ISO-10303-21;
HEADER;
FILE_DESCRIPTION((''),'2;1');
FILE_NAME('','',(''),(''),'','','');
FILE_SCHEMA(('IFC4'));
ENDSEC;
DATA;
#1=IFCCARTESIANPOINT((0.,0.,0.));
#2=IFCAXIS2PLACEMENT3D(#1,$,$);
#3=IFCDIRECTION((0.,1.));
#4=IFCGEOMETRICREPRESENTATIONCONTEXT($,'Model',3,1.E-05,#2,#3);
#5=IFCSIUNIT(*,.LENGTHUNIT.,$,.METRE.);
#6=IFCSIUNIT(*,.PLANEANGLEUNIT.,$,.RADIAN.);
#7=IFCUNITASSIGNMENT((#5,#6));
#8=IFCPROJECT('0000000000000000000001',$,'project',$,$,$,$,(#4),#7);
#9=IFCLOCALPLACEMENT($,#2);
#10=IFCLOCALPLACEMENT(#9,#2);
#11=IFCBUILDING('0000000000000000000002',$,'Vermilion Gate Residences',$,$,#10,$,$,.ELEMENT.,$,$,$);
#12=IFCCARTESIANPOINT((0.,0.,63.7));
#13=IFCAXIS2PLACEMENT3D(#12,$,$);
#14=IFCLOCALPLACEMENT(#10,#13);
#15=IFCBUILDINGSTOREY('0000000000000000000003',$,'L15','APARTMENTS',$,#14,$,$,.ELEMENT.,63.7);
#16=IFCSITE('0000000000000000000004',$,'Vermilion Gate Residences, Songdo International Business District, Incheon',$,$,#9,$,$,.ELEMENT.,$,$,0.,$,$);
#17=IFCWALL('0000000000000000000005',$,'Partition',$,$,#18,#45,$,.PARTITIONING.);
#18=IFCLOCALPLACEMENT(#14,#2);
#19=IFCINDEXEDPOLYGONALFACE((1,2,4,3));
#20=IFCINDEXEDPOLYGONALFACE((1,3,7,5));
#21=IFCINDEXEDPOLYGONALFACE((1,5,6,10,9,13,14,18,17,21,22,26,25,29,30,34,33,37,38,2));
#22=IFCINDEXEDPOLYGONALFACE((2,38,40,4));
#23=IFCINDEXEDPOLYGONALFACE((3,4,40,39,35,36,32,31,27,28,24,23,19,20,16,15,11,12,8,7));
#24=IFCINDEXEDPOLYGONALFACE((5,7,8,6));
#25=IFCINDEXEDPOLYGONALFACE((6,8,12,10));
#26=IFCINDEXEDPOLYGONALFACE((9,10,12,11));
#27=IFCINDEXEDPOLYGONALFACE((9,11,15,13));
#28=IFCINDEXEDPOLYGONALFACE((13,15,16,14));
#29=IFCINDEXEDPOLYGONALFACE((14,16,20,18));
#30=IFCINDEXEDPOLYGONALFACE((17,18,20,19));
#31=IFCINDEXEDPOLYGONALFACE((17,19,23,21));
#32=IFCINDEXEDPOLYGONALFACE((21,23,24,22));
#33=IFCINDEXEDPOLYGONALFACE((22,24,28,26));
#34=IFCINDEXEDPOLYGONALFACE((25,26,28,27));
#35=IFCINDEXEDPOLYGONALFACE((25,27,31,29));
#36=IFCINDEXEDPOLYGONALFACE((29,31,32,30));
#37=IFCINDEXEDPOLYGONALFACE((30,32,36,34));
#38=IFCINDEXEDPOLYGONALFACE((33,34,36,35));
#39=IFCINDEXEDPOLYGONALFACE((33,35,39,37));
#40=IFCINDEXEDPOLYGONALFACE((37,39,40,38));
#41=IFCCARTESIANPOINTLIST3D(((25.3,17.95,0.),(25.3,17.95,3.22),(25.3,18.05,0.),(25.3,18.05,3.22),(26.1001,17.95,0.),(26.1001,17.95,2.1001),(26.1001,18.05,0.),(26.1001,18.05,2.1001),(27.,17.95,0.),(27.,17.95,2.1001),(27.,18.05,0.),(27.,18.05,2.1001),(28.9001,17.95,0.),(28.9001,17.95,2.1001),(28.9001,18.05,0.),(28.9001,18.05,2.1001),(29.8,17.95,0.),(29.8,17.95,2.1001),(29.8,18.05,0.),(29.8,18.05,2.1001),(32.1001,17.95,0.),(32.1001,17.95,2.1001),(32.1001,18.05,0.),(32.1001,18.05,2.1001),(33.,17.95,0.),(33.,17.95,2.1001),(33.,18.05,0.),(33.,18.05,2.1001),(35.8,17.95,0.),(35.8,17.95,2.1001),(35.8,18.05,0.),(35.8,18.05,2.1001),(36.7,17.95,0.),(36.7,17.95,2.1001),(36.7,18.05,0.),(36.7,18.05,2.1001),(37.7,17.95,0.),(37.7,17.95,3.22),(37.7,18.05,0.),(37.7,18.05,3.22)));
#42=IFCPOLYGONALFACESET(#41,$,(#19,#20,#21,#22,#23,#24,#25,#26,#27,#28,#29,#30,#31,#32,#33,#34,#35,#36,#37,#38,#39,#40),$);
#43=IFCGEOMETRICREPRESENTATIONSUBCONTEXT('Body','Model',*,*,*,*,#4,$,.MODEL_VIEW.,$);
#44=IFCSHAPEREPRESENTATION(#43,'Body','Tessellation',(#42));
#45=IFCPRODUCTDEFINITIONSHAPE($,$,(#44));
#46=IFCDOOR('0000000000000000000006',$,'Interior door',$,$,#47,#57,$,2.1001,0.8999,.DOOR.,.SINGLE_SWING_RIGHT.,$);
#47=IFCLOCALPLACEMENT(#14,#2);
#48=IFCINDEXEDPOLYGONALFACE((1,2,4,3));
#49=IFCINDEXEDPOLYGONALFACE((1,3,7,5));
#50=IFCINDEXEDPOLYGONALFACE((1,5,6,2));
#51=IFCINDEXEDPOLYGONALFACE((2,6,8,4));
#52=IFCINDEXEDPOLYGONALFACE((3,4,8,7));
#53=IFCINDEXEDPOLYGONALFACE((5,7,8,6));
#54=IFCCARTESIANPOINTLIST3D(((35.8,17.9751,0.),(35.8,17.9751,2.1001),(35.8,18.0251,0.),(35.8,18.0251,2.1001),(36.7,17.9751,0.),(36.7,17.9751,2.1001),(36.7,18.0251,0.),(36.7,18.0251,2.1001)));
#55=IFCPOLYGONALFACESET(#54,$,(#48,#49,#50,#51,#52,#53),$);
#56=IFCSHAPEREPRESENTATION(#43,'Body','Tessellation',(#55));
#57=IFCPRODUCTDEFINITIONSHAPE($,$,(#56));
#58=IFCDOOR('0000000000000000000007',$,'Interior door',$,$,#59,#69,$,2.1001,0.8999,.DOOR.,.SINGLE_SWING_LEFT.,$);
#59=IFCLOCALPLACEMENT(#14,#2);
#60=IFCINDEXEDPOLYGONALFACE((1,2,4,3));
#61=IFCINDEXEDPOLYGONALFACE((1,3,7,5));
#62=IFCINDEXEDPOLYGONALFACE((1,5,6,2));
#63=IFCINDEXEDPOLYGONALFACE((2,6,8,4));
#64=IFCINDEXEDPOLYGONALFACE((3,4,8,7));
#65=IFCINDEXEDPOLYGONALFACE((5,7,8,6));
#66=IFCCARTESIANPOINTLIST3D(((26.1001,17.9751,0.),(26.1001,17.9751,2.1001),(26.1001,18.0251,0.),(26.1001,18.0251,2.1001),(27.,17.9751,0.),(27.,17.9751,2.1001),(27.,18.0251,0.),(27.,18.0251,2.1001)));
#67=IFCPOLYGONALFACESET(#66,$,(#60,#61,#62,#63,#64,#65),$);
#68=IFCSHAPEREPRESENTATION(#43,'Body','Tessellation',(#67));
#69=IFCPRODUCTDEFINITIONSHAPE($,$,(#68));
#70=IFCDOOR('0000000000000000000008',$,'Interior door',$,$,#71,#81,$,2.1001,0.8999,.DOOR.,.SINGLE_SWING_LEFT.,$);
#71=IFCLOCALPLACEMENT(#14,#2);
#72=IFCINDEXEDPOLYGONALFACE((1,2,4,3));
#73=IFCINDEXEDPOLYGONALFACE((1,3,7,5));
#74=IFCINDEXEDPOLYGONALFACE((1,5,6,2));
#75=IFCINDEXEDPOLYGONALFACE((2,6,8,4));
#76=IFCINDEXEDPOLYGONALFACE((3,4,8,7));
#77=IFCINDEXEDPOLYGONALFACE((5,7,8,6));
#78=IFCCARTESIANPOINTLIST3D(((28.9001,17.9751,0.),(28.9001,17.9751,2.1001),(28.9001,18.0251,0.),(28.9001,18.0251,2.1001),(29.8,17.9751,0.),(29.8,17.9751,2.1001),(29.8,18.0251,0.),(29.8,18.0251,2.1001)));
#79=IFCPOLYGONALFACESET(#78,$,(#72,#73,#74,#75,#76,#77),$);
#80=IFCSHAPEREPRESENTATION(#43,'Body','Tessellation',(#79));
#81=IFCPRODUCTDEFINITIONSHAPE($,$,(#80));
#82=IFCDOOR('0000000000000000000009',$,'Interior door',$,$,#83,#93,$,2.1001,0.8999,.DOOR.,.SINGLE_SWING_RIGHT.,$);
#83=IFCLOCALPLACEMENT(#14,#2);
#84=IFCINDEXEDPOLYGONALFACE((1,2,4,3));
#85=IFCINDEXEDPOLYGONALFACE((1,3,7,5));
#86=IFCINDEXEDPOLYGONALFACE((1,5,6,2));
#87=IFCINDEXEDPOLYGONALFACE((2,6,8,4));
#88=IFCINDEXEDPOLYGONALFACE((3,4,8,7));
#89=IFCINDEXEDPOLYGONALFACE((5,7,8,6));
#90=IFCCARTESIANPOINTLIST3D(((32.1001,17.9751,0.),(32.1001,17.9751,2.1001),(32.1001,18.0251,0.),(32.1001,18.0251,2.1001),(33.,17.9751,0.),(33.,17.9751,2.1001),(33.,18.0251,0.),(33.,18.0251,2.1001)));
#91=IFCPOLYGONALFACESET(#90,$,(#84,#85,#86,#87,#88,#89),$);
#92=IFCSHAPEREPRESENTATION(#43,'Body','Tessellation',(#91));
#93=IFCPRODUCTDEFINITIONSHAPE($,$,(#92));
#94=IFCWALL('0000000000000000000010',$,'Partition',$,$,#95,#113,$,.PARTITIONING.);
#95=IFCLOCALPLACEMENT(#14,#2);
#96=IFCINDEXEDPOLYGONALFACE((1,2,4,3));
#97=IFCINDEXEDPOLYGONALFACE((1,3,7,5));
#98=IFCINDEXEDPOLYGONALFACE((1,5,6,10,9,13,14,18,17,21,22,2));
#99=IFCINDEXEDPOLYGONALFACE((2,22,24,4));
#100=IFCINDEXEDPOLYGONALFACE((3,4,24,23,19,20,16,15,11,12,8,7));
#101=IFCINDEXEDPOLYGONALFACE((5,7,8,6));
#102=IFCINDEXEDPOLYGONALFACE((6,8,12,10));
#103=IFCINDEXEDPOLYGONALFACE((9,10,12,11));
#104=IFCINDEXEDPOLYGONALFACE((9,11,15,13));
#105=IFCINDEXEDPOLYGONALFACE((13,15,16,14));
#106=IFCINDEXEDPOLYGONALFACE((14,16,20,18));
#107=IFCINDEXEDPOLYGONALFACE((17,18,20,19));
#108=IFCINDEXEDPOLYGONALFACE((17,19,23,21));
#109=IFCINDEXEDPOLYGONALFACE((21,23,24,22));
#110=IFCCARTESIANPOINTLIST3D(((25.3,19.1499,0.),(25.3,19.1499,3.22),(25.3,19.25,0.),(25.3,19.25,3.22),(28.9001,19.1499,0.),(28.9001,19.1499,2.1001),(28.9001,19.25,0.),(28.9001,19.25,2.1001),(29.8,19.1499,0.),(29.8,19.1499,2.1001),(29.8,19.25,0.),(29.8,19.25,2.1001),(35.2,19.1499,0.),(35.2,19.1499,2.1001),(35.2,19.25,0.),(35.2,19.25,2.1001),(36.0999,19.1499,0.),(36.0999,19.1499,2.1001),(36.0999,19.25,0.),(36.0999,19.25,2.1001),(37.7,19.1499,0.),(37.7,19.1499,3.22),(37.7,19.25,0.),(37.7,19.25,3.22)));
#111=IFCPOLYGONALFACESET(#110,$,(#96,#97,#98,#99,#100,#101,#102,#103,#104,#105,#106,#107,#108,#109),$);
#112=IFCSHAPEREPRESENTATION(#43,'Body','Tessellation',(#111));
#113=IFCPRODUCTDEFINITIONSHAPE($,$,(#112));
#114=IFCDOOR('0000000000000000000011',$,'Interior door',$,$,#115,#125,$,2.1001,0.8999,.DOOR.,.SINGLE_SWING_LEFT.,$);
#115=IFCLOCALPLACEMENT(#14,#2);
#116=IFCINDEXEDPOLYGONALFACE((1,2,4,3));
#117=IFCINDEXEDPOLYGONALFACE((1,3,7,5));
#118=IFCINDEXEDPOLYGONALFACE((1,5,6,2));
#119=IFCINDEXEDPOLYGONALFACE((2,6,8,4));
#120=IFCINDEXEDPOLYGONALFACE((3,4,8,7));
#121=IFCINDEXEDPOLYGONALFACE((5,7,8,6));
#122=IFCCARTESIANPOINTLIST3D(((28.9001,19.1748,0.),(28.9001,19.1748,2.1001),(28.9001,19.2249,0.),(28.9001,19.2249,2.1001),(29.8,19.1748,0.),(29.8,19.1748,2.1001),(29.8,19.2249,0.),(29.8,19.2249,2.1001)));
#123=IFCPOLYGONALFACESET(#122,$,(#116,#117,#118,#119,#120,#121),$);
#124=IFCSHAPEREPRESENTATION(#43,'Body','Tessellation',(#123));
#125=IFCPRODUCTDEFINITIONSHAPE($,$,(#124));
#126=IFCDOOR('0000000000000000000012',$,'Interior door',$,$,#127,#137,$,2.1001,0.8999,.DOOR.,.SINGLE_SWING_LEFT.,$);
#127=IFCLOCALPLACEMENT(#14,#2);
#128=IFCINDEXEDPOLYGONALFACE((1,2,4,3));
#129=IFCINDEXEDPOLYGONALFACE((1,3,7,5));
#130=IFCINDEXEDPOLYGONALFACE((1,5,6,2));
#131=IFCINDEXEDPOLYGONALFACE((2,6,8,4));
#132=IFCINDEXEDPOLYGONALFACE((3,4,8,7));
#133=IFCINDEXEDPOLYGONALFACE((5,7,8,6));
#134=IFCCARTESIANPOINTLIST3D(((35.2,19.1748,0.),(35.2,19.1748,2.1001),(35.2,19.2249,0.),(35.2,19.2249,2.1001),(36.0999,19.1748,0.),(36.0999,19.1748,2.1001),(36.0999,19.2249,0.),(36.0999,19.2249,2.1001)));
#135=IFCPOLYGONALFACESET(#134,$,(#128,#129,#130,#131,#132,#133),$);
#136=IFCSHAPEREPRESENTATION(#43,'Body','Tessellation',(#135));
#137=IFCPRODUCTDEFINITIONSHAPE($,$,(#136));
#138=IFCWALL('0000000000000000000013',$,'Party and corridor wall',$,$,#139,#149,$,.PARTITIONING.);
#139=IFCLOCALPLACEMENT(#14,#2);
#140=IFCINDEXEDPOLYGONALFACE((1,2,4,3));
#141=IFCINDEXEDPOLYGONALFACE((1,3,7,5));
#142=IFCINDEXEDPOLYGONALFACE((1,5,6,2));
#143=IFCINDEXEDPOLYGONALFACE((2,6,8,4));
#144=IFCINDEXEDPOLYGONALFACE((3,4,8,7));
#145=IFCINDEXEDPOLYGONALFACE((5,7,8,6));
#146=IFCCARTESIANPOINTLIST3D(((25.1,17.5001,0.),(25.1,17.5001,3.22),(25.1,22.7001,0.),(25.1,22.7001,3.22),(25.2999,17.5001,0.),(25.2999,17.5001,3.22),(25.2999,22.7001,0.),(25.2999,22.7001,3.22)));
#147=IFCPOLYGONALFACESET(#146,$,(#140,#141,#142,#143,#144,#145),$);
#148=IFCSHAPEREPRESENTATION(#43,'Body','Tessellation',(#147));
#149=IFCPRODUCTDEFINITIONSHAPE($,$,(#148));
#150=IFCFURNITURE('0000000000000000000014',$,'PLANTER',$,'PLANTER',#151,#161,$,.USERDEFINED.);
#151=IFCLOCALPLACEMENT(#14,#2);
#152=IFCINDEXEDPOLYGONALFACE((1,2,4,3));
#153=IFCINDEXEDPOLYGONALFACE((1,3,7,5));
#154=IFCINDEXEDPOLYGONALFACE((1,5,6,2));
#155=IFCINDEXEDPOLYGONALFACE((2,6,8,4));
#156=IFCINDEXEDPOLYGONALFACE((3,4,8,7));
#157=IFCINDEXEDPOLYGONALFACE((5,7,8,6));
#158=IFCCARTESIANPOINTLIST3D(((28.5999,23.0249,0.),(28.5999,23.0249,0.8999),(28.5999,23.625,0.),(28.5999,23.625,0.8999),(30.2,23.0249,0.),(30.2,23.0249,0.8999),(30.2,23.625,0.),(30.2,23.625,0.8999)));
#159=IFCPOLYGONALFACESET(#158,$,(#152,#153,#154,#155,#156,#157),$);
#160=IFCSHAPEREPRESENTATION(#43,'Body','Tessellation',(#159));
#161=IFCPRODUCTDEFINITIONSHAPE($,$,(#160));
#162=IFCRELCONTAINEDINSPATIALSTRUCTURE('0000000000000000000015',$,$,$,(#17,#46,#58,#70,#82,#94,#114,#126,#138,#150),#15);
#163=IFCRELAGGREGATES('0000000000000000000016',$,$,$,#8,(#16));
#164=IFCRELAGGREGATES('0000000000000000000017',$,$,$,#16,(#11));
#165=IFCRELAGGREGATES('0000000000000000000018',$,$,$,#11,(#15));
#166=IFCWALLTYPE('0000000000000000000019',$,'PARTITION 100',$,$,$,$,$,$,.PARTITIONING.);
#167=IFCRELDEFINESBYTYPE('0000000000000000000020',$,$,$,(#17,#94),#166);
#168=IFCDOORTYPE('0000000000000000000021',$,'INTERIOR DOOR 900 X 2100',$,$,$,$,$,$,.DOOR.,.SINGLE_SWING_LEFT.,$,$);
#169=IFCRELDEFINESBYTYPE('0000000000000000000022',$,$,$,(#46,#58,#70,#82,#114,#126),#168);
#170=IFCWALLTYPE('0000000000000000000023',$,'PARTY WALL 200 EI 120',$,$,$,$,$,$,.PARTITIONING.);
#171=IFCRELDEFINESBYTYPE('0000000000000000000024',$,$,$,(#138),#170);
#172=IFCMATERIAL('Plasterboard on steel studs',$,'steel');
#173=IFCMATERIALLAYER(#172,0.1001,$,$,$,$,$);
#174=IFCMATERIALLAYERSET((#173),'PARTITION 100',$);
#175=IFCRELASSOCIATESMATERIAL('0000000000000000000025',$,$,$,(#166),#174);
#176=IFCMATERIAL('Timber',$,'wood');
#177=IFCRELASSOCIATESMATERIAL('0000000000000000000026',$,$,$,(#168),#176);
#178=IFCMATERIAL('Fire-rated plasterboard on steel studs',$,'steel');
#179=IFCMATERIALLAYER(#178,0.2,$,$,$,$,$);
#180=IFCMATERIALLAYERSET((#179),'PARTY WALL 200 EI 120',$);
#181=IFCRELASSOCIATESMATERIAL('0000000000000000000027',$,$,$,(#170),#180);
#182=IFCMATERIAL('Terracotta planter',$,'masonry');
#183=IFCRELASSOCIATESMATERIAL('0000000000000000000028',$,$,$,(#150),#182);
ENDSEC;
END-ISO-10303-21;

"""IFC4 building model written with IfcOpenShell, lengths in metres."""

from ifc_helpers import new_model, si_unit, direction, frame, frame_2d, origin, origin_2d, place, context, subcontext, project, spatial, rectangle, extrude, material, layer, layer_set, type_object, element, fill, save


model = new_model("IFC4")

# Units and contexts
model_context = context("Model", 3, precision=1e-05, world=origin(), true_north=direction((0.0, 1.0)))
body_context = subcontext(model_context, "Body", "Model", "MODEL_VIEW")
ifc_project = project(units=[si_unit("LENGTHUNIT", "METRE"), si_unit("PLANEANGLEUNIT", "RADIAN")], contexts=[model_context])

# Site, building, storey
site_placement = place(None, origin())
site = spatial("IfcSite", under=ifc_project, at=site_placement, Name="Vermilion Gate Residences, Songdo International Business District, Incheon", CompositionType="ELEMENT", RefElevation=0.0)
building_placement = place(site_placement, origin())
building = spatial("IfcBuilding", under=site, at=building_placement, Name="Vermilion Gate Residences", CompositionType="ELEMENT")
storey_placement = place(building_placement, frame((0.0, 0.0, 63.7)))
storey = spatial("IfcBuildingStorey", under=building, at=storey_placement, Name="L15", Description="APARTMENTS", CompositionType="ELEMENT", Elevation=63.7)

# Walls, openings, doors
ifc_material_1 = material(Name="Plasterboard on steel studs", Category="steel")
ifc_layer_1 = layer(ifc_material_1, 0.1001)
ifc_layer_set_1 = layer_set([ifc_layer_1], Name="PARTITION 100")
wall_type_1 = type_object("IfcWallType", Name="PARTITION 100", PredefinedType="PARTITIONING", material=ifc_layer_set_1)
wall_1_placement = place(storey_placement, frame((25.3, 18.0, 0.0), z_axis=(0.0, 0.0, 1.0), x_axis=(1.0, 0.0, 0.0)))
wall_1 = element("IfcWall", 1, at=wall_1_placement, inside=storey, type_object=wall_type_1, Name="Partition", PredefinedType="PARTITIONING", context=body_context, shape_type="SweptSolid", body=[
    extrude(rectangle(XDim=12.3999, YDim=0.1001, at=frame_2d((6.2, 0.0))), origin(), (0.0, 0.0, 1.0), 3.22),
])
opening_1_placement = place(wall_1_placement, frame((10.5, 0.0, 0.0)))
opening_1 = element("IfcOpeningElement", 2, at=opening_1_placement, cuts=wall_1, PredefinedType="OPENING", context=body_context, shape_type="SweptSolid", body=[
    extrude(rectangle(XDim=0.8999, YDim=2.1001, at=frame_2d((0.45, 1.05))), frame((0.0, 0.0601, 0.0), z_axis=(0.0, -1.0, 0.0), x_axis=(1.0, 0.0, 0.0)), (0.0, 0.0, 1.0), 0.1201),
])
opening_2_placement = place(wall_1_placement, frame((0.8, 0.0, 0.0)))
opening_2 = element("IfcOpeningElement", 3, at=opening_2_placement, cuts=wall_1, PredefinedType="OPENING", context=body_context, shape_type="SweptSolid", body=[
    extrude(rectangle(XDim=0.8999, YDim=2.1001, at=frame_2d((0.45, 1.05))), frame((0.0, 0.0601, 0.0), z_axis=(0.0, -1.0, 0.0), x_axis=(1.0, 0.0, 0.0)), (0.0, 0.0, 1.0), 0.1201),
])
opening_3_placement = place(wall_1_placement, frame((3.6001, 0.0, 0.0)))
opening_3 = element("IfcOpeningElement", 4, at=opening_3_placement, cuts=wall_1, PredefinedType="OPENING", context=body_context, shape_type="SweptSolid", body=[
    extrude(rectangle(XDim=0.8999, YDim=2.1001, at=frame_2d((0.45, 1.05))), frame((0.0, 0.0601, 0.0), z_axis=(0.0, -1.0, 0.0), x_axis=(1.0, 0.0, 0.0)), (0.0, 0.0, 1.0), 0.1201),
])
opening_4_placement = place(wall_1_placement, frame((6.8, 0.0, 0.0)))
opening_4 = element("IfcOpeningElement", 5, at=opening_4_placement, cuts=wall_1, PredefinedType="OPENING", context=body_context, shape_type="SweptSolid", body=[
    extrude(rectangle(XDim=0.8999, YDim=2.1001, at=frame_2d((0.45, 1.05))), frame((0.0, 0.0601, 0.0), z_axis=(0.0, -1.0, 0.0), x_axis=(1.0, 0.0, 0.0)), (0.0, 0.0, 1.0), 0.1201),
])
ifc_material_2 = material(Name="Timber", Category="wood")
door_type_1 = type_object("IfcDoorType", Name="INTERIOR DOOR 900 X 2100", OperationType="SINGLE_SWING_LEFT", PredefinedType="DOOR", material=ifc_material_2)
door_1_placement = place(opening_1_placement, frame((0.8999, 0.0, 0.0), z_axis=(0.0, 0.0, 1.0), x_axis=(-1.0, 0.0, 0.0)))
door_1 = element("IfcDoor", 6, at=door_1_placement, inside=storey, type_object=door_type_1, Name="Interior door", OperationType="SINGLE_SWING_RIGHT", OverallHeight=2.1001, OverallWidth=0.8999, PredefinedType="DOOR", context=body_context, shape_type="SweptSolid", body=[
    extrude(rectangle(XDim=0.8999, YDim=2.1001, at=frame_2d((0.45, 1.05))), frame((0.0, 0.0249, 0.0), z_axis=(0.0, -1.0, 0.0), x_axis=(1.0, 0.0, 0.0)), (0.0, 0.0, 1.0), 0.05),
])
fill(opening_1, door_1)
door_2_placement = place(opening_2_placement, frame((0.8999, 0.0, 0.0), z_axis=(0.0, 0.0, 1.0), x_axis=(-1.0, 0.0, 0.0)))
door_2 = element("IfcDoor", 7, at=door_2_placement, inside=storey, type_object=door_type_1, Name="Interior door", OperationType="SINGLE_SWING_LEFT", OverallHeight=2.1001, OverallWidth=0.8999, PredefinedType="DOOR", context=body_context, shape_type="SweptSolid", body=[
    extrude(rectangle(XDim=0.8999, YDim=2.1001, at=frame_2d((0.45, 1.05))), frame((0.0, 0.0249, 0.0), z_axis=(0.0, -1.0, 0.0), x_axis=(1.0, 0.0, 0.0)), (0.0, 0.0, 1.0), 0.05),
])
fill(opening_2, door_2)
door_3_placement = place(opening_3_placement, frame((0.8999, 0.0, 0.0), z_axis=(0.0, 0.0, 1.0), x_axis=(-1.0, 0.0, 0.0)))
door_3 = element("IfcDoor", 8, at=door_3_placement, inside=storey, type_object=door_type_1, Name="Interior door", OperationType="SINGLE_SWING_LEFT", OverallHeight=2.1001, OverallWidth=0.8999, PredefinedType="DOOR", context=body_context, shape_type="SweptSolid", body=[
    extrude(rectangle(XDim=0.8999, YDim=2.1001, at=frame_2d((0.45, 1.05))), frame((0.0, 0.0249, 0.0), z_axis=(0.0, -1.0, 0.0), x_axis=(1.0, 0.0, 0.0)), (0.0, 0.0, 1.0), 0.05),
])
fill(opening_3, door_3)
door_4_placement = place(opening_4_placement, frame((0.8999, 0.0, 0.0), z_axis=(0.0, 0.0, 1.0), x_axis=(-1.0, 0.0, 0.0)))
door_4 = element("IfcDoor", 9, at=door_4_placement, inside=storey, type_object=door_type_1, Name="Interior door", OperationType="SINGLE_SWING_RIGHT", OverallHeight=2.1001, OverallWidth=0.8999, PredefinedType="DOOR", context=body_context, shape_type="SweptSolid", body=[
    extrude(rectangle(XDim=0.8999, YDim=2.1001, at=frame_2d((0.45, 1.05))), frame((0.0, 0.0249, 0.0), z_axis=(0.0, -1.0, 0.0), x_axis=(1.0, 0.0, 0.0)), (0.0, 0.0, 1.0), 0.05),
])
fill(opening_4, door_4)
wall_2_placement = place(storey_placement, frame((25.3, 19.2, 0.0), z_axis=(0.0, 0.0, 1.0), x_axis=(1.0, 0.0, 0.0)))
wall_2 = element("IfcWall", 10, at=wall_2_placement, inside=storey, type_object=wall_type_1, Name="Partition", PredefinedType="PARTITIONING", context=body_context, shape_type="SweptSolid", body=[
    extrude(rectangle(XDim=12.3999, YDim=0.1001, at=frame_2d((6.2, 0.0))), origin(), (0.0, 0.0, 1.0), 3.22),
])
opening_5_placement = place(wall_2_placement, frame((3.6001, 0.0, 0.0)))
opening_5 = element("IfcOpeningElement", 11, at=opening_5_placement, cuts=wall_2, PredefinedType="OPENING", context=body_context, shape_type="SweptSolid", body=[
    extrude(rectangle(XDim=0.8999, YDim=2.1001, at=frame_2d((0.45, 1.05))), frame((0.0, 0.0601, 0.0), z_axis=(0.0, -1.0, 0.0), x_axis=(1.0, 0.0, 0.0)), (0.0, 0.0, 1.0), 0.1201),
])
opening_6_placement = place(wall_2_placement, frame((9.8999, 0.0, 0.0)))
opening_6 = element("IfcOpeningElement", 12, at=opening_6_placement, cuts=wall_2, PredefinedType="OPENING", context=body_context, shape_type="SweptSolid", body=[
    extrude(rectangle(XDim=0.8999, YDim=2.1001, at=frame_2d((0.45, 1.05))), frame((0.0, 0.0601, 0.0), z_axis=(0.0, -1.0, 0.0), x_axis=(1.0, 0.0, 0.0)), (0.0, 0.0, 1.0), 0.1201),
])
door_5_placement = place(opening_5_placement, origin())
door_5 = element("IfcDoor", 13, at=door_5_placement, inside=storey, type_object=door_type_1, Name="Interior door", OperationType="SINGLE_SWING_LEFT", OverallHeight=2.1001, OverallWidth=0.8999, PredefinedType="DOOR", context=body_context, shape_type="SweptSolid", body=[
    extrude(rectangle(XDim=0.8999, YDim=2.1001, at=frame_2d((0.45, 1.05))), frame((0.0, 0.0249, 0.0), z_axis=(0.0, -1.0, 0.0), x_axis=(1.0, 0.0, 0.0)), (0.0, 0.0, 1.0), 0.05),
])
fill(opening_5, door_5)
door_6_placement = place(opening_6_placement, origin())
door_6 = element("IfcDoor", 14, at=door_6_placement, inside=storey, type_object=door_type_1, Name="Interior door", OperationType="SINGLE_SWING_LEFT", OverallHeight=2.1001, OverallWidth=0.8999, PredefinedType="DOOR", context=body_context, shape_type="SweptSolid", body=[
    extrude(rectangle(XDim=0.8999, YDim=2.1001, at=frame_2d((0.45, 1.05))), frame((0.0, 0.0249, 0.0), z_axis=(0.0, -1.0, 0.0), x_axis=(1.0, 0.0, 0.0)), (0.0, 0.0, 1.0), 0.05),
])
fill(opening_6, door_6)

# Wall
ifc_material_3 = material(Name="Fire-rated plasterboard on steel studs", Category="steel")
ifc_layer_2 = layer(ifc_material_3, 0.2)
ifc_layer_set_2 = layer_set([ifc_layer_2], Name="PARTY WALL 200 EI 120")
wall_type_2 = type_object("IfcWallType", Name="PARTY WALL 200 EI 120", PredefinedType="PARTITIONING", material=ifc_layer_set_2)
wall_3_placement = place(storey_placement, frame((25.2, 17.5, 0.0), z_axis=(0.0, 0.0, 1.0), x_axis=(0.0, 1.0, 0.0)))
element("IfcWall", 15, at=wall_3_placement, inside=storey, type_object=wall_type_2, Name="Party and corridor wall", PredefinedType="PARTITIONING", context=body_context, shape_type="SweptSolid", body=[
    extrude(rectangle(XDim=5.2, YDim=0.2, at=frame_2d((2.6001, 0.0))), origin(), (0.0, 0.0, 1.0), 3.22),
])

# Furniture
ifc_material_4 = material(Name="Terracotta planter", Category="masonry")
for number, where, z_axis, x_axis, name in (
    (16, (29.3999, 23.325, 0.0), (0.0, 0.0, 1.0), (-1.0, 0.0, 0.0), "PLANTER"),
):
    element("IfcFurniture", number, at=place(storey_placement, frame(where, z_axis=z_axis, x_axis=x_axis)), inside=storey, material=ifc_material_4, Name=name, ObjectType="PLANTER", PredefinedType="USERDEFINED", context=body_context, shape_type="SweptSolid", body=[
        extrude(rectangle(XDim=1.6001, YDim=0.6001, at=origin_2d()), origin(), (0.0, 0.0, 1.0), 0.8999),
    ])

save(model, "model.ifc")
